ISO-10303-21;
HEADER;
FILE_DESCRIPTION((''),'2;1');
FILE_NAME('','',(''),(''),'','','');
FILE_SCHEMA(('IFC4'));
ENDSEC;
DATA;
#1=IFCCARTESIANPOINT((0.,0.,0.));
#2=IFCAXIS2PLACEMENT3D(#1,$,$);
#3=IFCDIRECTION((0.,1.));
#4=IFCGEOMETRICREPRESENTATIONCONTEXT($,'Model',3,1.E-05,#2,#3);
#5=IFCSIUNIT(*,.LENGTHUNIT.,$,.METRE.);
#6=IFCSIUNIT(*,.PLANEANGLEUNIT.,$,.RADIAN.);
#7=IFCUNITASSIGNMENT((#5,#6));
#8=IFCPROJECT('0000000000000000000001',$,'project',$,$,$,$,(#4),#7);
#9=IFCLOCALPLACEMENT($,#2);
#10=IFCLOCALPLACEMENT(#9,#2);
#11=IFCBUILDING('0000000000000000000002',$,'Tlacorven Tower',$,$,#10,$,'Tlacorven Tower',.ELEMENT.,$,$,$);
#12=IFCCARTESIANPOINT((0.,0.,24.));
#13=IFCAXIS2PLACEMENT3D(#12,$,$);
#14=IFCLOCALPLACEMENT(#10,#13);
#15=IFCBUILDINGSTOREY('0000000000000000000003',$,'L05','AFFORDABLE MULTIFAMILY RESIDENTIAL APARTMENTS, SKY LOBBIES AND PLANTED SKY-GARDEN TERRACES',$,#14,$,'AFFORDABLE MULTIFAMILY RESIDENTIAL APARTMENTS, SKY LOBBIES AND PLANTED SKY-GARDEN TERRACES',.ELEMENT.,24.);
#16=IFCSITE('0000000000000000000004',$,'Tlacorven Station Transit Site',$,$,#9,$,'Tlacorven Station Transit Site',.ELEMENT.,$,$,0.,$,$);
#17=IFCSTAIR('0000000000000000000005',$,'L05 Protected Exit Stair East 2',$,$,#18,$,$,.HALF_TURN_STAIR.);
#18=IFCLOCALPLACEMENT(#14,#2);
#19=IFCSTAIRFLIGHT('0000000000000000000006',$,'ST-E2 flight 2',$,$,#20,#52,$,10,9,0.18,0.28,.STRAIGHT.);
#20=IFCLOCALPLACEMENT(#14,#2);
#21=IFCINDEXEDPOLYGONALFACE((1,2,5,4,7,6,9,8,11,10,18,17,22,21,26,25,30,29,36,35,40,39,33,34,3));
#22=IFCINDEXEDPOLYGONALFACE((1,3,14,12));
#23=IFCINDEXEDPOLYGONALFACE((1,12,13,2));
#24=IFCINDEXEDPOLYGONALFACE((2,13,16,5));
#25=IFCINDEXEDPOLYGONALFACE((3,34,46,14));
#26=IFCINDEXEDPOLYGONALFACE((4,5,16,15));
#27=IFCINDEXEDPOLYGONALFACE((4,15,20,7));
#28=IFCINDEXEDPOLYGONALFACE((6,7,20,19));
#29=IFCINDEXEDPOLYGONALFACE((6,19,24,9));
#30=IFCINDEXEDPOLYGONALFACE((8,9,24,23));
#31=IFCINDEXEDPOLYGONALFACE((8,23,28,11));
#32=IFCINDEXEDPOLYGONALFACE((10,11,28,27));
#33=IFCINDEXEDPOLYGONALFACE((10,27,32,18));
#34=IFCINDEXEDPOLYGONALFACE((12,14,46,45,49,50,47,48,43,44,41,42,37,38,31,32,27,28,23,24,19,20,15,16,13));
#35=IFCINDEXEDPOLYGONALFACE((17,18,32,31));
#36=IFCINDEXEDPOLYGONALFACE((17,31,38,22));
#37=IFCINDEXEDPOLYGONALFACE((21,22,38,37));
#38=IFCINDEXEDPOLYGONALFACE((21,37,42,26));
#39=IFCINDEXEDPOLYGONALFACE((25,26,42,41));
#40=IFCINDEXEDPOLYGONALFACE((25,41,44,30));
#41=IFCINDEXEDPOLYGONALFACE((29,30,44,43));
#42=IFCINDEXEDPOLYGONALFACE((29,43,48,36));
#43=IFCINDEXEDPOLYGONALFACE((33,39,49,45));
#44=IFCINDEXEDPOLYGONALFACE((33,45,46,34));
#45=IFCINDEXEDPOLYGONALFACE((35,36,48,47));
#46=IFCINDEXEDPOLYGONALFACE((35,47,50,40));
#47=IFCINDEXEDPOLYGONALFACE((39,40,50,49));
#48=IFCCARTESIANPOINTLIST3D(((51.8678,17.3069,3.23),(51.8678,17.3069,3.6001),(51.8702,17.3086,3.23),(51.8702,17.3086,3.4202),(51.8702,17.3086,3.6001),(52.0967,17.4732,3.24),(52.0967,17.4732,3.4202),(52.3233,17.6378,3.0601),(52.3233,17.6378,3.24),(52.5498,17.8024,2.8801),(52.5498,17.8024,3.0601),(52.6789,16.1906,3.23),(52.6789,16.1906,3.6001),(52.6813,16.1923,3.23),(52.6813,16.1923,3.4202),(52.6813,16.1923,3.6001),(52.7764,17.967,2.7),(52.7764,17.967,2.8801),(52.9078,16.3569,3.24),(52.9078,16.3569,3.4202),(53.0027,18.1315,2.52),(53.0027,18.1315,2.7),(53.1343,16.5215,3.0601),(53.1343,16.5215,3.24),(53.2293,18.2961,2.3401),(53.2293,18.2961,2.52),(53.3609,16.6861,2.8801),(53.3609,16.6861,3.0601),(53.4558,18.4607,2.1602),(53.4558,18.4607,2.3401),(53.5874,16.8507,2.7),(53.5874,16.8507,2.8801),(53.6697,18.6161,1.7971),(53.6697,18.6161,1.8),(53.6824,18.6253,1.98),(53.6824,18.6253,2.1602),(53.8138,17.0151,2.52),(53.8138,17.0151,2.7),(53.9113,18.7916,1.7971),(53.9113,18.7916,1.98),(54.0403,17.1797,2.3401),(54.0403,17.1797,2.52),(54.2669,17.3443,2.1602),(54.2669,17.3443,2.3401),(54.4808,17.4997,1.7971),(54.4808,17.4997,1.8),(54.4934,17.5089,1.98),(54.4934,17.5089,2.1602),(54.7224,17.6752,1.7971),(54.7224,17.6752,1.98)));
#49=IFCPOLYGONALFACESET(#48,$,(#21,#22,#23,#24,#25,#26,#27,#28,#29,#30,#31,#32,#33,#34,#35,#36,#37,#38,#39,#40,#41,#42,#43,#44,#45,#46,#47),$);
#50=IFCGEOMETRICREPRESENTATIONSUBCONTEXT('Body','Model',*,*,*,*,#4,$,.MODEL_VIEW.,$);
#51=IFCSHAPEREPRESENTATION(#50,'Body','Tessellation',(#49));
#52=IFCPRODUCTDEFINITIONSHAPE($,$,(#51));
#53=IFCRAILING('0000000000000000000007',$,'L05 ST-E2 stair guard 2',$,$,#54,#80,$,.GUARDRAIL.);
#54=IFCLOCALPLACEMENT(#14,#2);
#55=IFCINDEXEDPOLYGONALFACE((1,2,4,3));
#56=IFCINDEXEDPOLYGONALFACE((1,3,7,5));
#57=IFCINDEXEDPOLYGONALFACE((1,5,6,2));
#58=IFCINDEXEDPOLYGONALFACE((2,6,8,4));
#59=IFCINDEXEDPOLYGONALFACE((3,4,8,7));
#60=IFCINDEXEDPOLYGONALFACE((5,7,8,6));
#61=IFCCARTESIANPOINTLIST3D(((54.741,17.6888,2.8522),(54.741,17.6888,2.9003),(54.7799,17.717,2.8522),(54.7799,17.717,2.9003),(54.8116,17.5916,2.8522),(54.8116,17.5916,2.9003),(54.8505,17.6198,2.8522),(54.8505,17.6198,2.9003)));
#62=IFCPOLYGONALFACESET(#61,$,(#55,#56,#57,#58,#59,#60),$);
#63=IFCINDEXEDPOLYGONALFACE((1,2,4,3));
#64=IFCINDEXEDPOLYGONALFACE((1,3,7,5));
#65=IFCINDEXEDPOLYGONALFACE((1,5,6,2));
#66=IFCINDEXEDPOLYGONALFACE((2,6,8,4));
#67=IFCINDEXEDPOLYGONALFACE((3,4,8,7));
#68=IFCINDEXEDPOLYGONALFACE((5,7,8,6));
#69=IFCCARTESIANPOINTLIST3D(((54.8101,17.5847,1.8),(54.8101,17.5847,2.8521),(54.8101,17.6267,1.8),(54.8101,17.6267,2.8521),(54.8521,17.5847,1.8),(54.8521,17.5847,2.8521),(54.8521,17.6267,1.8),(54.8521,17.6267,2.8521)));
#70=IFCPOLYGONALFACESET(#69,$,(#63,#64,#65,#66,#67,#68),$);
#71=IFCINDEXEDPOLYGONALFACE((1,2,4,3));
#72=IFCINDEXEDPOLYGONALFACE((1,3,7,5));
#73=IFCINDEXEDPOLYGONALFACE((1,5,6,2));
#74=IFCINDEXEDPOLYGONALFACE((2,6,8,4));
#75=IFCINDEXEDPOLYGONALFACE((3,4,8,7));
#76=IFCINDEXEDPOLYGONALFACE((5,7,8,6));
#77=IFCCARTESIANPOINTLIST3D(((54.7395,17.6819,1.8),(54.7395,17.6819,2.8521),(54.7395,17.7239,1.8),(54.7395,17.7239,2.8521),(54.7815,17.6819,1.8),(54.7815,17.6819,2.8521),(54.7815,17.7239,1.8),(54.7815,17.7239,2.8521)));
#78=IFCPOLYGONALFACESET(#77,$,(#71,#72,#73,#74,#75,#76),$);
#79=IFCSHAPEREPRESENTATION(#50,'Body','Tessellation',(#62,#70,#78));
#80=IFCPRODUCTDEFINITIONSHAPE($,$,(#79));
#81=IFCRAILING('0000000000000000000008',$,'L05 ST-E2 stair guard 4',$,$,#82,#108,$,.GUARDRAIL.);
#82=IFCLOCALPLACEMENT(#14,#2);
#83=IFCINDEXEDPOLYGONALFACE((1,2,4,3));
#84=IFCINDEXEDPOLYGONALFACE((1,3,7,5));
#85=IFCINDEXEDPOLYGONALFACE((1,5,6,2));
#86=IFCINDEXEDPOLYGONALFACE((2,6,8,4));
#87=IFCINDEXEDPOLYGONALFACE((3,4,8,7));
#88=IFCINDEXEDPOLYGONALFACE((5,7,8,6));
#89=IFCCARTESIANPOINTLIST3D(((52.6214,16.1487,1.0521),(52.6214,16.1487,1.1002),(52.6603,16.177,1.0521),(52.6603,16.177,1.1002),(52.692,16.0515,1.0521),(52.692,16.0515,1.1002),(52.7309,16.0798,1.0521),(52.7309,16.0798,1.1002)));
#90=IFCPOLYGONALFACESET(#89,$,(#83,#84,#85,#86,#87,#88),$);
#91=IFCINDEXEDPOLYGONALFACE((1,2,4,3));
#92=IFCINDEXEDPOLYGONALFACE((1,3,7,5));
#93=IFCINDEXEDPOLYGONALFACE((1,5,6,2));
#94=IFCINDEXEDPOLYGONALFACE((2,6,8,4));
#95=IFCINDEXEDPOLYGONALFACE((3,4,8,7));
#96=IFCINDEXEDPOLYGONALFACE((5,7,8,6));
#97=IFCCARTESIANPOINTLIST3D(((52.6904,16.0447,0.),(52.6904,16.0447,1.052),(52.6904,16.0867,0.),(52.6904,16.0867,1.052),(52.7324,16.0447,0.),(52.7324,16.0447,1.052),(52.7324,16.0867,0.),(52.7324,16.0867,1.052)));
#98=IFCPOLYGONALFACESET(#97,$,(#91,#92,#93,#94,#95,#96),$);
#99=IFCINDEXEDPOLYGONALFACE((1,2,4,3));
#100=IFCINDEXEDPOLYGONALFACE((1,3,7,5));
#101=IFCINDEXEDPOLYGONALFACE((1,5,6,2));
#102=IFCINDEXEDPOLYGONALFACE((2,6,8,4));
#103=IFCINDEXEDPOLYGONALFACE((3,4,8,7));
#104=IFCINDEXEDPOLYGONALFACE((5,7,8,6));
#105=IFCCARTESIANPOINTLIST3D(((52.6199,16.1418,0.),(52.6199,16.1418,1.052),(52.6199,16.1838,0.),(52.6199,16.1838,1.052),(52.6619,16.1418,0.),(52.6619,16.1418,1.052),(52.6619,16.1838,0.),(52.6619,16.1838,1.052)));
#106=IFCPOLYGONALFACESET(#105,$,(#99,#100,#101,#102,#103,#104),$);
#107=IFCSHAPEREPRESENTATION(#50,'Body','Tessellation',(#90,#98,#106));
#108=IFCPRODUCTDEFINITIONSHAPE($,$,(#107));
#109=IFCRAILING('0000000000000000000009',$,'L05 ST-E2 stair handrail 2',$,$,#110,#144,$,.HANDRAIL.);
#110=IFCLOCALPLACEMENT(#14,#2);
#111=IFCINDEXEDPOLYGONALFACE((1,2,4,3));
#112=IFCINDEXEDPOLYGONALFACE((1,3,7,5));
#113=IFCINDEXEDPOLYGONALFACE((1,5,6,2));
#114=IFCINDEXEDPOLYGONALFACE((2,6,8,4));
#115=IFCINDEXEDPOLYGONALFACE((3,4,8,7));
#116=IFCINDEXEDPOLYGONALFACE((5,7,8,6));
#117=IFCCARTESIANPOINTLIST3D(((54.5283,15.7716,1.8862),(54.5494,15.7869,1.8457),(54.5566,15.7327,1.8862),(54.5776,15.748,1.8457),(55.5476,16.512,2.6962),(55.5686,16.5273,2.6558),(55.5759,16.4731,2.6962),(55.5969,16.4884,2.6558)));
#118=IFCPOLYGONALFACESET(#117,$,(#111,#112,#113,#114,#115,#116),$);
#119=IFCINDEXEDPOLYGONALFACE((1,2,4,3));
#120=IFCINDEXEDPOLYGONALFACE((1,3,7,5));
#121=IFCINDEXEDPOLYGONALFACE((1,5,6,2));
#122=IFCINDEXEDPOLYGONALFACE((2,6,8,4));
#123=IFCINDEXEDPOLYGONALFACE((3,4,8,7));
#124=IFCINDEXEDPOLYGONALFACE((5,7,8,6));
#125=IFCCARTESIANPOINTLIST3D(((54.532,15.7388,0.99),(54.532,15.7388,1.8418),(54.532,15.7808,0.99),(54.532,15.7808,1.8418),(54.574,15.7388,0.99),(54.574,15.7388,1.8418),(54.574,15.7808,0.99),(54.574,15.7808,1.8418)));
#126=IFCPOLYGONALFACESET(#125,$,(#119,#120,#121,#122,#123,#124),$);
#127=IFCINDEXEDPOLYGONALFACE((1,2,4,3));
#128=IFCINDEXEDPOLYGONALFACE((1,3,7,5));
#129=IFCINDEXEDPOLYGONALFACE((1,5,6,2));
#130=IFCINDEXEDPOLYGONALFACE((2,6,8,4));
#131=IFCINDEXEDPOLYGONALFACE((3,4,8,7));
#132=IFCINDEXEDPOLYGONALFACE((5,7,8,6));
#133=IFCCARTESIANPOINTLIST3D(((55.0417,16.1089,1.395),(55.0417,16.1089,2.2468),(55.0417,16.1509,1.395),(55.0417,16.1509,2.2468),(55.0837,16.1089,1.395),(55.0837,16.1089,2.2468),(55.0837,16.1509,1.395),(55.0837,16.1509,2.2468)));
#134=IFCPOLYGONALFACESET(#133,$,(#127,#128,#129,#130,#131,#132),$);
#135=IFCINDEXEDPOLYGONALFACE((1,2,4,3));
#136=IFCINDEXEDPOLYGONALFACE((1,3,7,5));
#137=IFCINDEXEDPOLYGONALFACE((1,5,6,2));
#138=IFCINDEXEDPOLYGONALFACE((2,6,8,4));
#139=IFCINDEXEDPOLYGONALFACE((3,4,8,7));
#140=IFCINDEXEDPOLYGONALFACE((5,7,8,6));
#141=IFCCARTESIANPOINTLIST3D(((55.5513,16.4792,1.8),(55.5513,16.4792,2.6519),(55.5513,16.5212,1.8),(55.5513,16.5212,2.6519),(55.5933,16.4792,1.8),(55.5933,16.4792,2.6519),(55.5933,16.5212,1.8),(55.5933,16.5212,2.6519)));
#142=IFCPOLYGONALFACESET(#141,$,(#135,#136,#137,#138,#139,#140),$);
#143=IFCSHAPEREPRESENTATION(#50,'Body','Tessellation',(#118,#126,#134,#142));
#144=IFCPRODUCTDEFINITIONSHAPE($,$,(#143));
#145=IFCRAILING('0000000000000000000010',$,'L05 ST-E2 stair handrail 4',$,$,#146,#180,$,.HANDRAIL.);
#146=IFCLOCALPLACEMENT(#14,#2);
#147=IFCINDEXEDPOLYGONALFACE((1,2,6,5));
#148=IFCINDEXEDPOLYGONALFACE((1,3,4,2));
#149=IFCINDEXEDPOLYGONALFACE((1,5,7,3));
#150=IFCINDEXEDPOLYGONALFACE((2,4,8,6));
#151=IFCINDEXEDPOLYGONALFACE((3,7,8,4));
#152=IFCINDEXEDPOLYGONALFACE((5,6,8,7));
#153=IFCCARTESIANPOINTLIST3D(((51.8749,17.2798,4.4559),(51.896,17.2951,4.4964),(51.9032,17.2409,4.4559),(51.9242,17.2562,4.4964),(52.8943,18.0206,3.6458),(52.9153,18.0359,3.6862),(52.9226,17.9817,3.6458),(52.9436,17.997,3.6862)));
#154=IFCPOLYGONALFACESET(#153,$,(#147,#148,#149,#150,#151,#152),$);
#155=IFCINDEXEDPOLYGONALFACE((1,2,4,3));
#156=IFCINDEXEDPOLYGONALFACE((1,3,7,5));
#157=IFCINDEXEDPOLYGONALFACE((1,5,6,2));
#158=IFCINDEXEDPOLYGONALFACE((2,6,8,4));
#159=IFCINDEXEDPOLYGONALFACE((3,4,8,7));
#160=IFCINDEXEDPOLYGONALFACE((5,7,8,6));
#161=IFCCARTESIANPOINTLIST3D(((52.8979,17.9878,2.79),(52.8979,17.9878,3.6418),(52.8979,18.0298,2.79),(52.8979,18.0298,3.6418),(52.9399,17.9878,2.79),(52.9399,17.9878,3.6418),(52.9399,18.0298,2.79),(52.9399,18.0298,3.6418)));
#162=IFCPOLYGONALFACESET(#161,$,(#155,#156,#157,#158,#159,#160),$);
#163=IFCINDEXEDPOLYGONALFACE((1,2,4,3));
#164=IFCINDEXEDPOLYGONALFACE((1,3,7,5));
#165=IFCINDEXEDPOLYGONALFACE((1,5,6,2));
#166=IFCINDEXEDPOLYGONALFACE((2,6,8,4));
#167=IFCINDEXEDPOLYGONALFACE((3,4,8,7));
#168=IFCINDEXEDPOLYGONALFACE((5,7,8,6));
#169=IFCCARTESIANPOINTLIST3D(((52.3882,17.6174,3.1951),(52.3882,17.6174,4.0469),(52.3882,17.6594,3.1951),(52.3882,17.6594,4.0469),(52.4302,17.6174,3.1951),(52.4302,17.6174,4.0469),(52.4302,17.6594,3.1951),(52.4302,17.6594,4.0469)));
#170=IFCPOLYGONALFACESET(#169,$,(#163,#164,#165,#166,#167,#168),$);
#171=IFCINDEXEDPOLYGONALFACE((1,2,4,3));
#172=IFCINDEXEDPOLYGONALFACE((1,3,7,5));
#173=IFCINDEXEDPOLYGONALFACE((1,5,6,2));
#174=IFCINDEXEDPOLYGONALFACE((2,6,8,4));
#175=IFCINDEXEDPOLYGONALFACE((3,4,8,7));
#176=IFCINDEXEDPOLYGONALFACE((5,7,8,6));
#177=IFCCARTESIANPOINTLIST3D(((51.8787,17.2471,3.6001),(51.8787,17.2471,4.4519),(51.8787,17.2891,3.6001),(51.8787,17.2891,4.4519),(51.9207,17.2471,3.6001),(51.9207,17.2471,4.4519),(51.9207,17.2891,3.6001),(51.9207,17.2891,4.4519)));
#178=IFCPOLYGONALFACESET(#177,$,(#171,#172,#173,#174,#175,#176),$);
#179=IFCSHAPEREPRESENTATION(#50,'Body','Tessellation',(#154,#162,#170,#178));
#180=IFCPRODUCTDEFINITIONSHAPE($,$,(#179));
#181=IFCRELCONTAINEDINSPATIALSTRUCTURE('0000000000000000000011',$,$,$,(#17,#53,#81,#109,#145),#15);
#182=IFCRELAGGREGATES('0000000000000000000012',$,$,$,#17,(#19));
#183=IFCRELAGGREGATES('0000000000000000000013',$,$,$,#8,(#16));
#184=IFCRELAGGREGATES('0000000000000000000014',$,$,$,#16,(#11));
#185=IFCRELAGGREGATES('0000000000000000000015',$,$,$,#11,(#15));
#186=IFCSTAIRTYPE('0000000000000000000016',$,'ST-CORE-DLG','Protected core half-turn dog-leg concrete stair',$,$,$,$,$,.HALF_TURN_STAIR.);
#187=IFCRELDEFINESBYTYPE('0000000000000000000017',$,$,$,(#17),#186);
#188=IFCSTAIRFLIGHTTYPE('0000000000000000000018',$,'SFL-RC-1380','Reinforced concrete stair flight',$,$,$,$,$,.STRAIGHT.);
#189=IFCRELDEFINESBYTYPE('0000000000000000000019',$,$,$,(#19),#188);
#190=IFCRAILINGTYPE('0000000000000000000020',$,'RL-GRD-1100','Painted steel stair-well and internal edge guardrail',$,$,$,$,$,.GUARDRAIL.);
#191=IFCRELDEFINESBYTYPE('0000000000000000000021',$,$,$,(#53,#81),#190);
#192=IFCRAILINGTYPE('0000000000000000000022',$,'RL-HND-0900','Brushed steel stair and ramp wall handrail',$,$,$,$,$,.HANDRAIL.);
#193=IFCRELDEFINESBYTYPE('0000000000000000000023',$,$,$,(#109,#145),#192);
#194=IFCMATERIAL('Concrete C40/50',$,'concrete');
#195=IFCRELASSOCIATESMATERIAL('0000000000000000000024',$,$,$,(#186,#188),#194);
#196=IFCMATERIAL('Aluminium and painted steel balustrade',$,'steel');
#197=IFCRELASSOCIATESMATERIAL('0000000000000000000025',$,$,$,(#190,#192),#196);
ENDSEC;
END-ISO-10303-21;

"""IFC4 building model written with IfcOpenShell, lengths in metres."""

from ifc_helpers import new_model, si_unit, direction, frame, origin, origin_2d, place, context, subcontext, project, spatial, polyline, rectangle, outline, extrude, source, transform, mapped, material, type_object, element, aggregate, save


model = new_model("IFC4")

# Units and contexts
model_context = context("Model", 3, precision=1e-05, world=origin(), true_north=direction((0.0, 1.0)))
body_context = subcontext(model_context, "Body", "Model", "MODEL_VIEW")
ifc_project = project(units=[si_unit("LENGTHUNIT", "METRE"), si_unit("PLANEANGLEUNIT", "RADIAN")], contexts=[model_context])

# Site, building, storey
site_placement = place(None, origin())
site = spatial("IfcSite", under=ifc_project, at=site_placement, Name="Tlacorven Station Transit Site", LongName="Tlacorven Station Transit Site", CompositionType="ELEMENT", RefElevation=0.0)
building_placement = place(site_placement, origin())
building = spatial("IfcBuilding", under=site, at=building_placement, Name="Tlacorven Tower", LongName="Tlacorven Tower", CompositionType="ELEMENT")
storey_placement = place(building_placement, frame((0.0, 0.0, 24.0)))
storey = spatial("IfcBuildingStorey", under=building, at=storey_placement, Name="L05", Description="AFFORDABLE MULTIFAMILY RESIDENTIAL APARTMENTS, SKY LOBBIES AND PLANTED SKY-GARDEN TERRACES", LongName="AFFORDABLE MULTIFAMILY RESIDENTIAL APARTMENTS, SKY LOBBIES AND PLANTED SKY-GARDEN TERRACES", CompositionType="ELEMENT", Elevation=24.0)

# Stair, stair flight
ifc_material_1 = material(Name="Concrete C40/50", Category="concrete")
stair_type = type_object("IfcStairType", Name="ST-CORE-DLG", Description="Protected core half-turn dog-leg concrete stair", PredefinedType="HALF_TURN_STAIR", material=ifc_material_1)
stair_placement = place(storey_placement, origin())
stair = element("IfcStair", 1, at=stair_placement, inside=storey, type_object=stair_type, Name="L05 Protected Exit Stair East 2", PredefinedType="HALF_TURN_STAIR")
stair_flight_type = type_object("IfcStairFlightType", Name="SFL-RC-1380", Description="Reinforced concrete stair flight", PredefinedType="STRAIGHT", material=ifc_material_1)
shared_shape_1 = source(origin(), body_context, "Body", "SweptSolid", [
    extrude(outline(polyline([(-0.0029, -0.0029), (-0.0029, 0.1799), (0.28, 0.1799), (0.28, 0.3601), (0.5601, 0.3601), (0.5601, 0.54), (0.8401, 0.54), (0.8401, 0.72), (1.1201, 0.72), (1.1201, 0.8999), (1.3999, 0.8999), (1.3999, 1.0801), (1.6799, 1.0801), (1.6799, 1.26), (1.96, 1.26), (1.96, 1.4399), (2.24, 1.4399), (2.24, 1.6201), (2.52, 1.6201), (2.52, 1.8), (2.5229, 1.8), (2.5229, 1.4299), (2.52, 1.4299), (0.2957, 0.0), (0.2957, -0.0029), (-0.0029, -0.0029)])), frame((0.0, 0.6899, 0.0), z_axis=(0.0, -1.0, 0.0), x_axis=(1.0, 0.0, 0.0)), (0.0, 0.0, 1.0), 1.3799),
])
stair_flight_1_placement = place(storey_placement, frame((54.3145, 18.2317, 1.8), z_axis=(0.0, 0.0, 1.0), x_axis=(-0.809017, -0.587785, 0.0)))
stair_flight_1 = element("IfcStairFlight", 2, at=stair_flight_1_placement, type_object=stair_flight_type, Name="ST-E2 flight 2", NumberOfRisers=10, NumberOfTreads=9, PredefinedType="STRAIGHT", RiserHeight=0.18, TreadLength=0.28, context=body_context, shape_type="MappedRepresentation", body=[
    mapped(shared_shape_1, transform((0.0, 0.0, 0.0), scale=1.0)),
])
aggregate(stair, [stair_flight_1])

# Railings
ifc_material_2 = material(Name="Aluminium and painted steel balustrade", Category="steel")
railing_type_1 = type_object("IfcRailingType", Name="RL-GRD-1100", Description="Painted steel stair-well and internal edge guardrail", PredefinedType="GUARDRAIL", material=ifc_material_2)
shared_shape_2 = source(origin(), body_context, "Body", "SweptSolid", [
    extrude(rectangle(XDim=0.0481, YDim=0.0481, at=origin_2d()), frame((0.0, 0.0, 1.0762), z_axis=(-0.587567, 0.809175, 0.0), x_axis=(-0.809175, -0.587567, 0.0)), (0.0, 0.0, 1.0), 0.1201),
    extrude(rectangle(XDim=0.042, YDim=0.042, at=origin_2d()), origin(), (0.0, 0.0, 1.0), 1.052),
    extrude(rectangle(XDim=0.042, YDim=0.042, at=origin_2d()), frame((-0.0706, 0.0972, 0.0)), (0.0, 0.0, 1.0), 1.052),
])
for number, where, name in (
    (3, (54.8311, 17.6057, 1.8), "L05 ST-E2 stair guard 2"),
    (4, (52.7114, 16.0657, 0.0), "L05 ST-E2 stair guard 4"),
):
    element("IfcRailing", number, at=place(storey_placement, frame(where)), inside=storey, type_object=railing_type_1, Name=name, PredefinedType="GUARDRAIL", context=body_context, shape_type="MappedRepresentation", body=[
        mapped(shared_shape_2, transform((0.0, 0.0, 0.0), scale=1.0)),
    ])
railing_type_2 = type_object("IfcRailingType", Name="RL-HND-0900", Description="Brushed steel stair and ramp wall handrail", PredefinedType="HANDRAIL", material=ifc_material_2)
shared_shape_3 = source(origin(), body_context, "Body", "SweptSolid", [
    extrude(rectangle(XDim=0.0481, YDim=0.0481, at=origin_2d()), frame((0.0, 0.0, 0.876), z_axis=(0.680516, 0.494373, 0.540827), x_axis=(-0.587745, 0.809046, 0.0)), (0.0, 0.0, 1.0), 1.4978),
    extrude(rectangle(XDim=0.042, YDim=0.042, at=origin_2d()), origin(), (0.0, 0.0, 1.0), 0.8518),
    extrude(rectangle(XDim=0.042, YDim=0.042, at=origin_2d()), frame((0.5098, 0.3701, 0.405)), (0.0, 0.0, 1.0), 0.8518),
    extrude(rectangle(XDim=0.042, YDim=0.042, at=origin_2d()), frame((1.0193, 0.7405, 0.8101)), (0.0, 0.0, 1.0), 0.8518),
])
railing_1_placement = place(storey_placement, frame((54.553, 15.7598, 0.99)))
element("IfcRailing", 5, at=railing_1_placement, inside=storey, type_object=railing_type_2, Name="L05 ST-E2 stair handrail 2", PredefinedType="HANDRAIL", context=body_context, shape_type="MappedRepresentation", body=[
    mapped(shared_shape_3, transform((0.0, 0.0, 0.0), scale=1.0)),
])
shared_shape_4 = source(origin(), body_context, "Body", "SweptSolid", [
    extrude(rectangle(XDim=0.0481, YDim=0.0481, at=origin_2d()), frame((0.0, 0.0, 0.876), z_axis=(-0.680461, -0.494496, 0.540783), x_axis=(0.587872, -0.808954, 0.0)), (0.0, 0.0, 1.0), 1.498),
    extrude(rectangle(XDim=0.042, YDim=0.042, at=origin_2d()), origin(), (0.0, 0.0, 1.0), 0.8518),
    extrude(rectangle(XDim=0.042, YDim=0.042, at=origin_2d()), frame((-0.5098, -0.3704, 0.405)), (0.0, 0.0, 1.0), 0.8518),
    extrude(rectangle(XDim=0.042, YDim=0.042, at=origin_2d()), frame((-1.0193, -0.7407, 0.8101)), (0.0, 0.0, 1.0), 0.8518),
])
railing_2_placement = place(storey_placement, frame((52.9189, 18.0088, 2.79)))
element("IfcRailing", 6, at=railing_2_placement, inside=storey, type_object=railing_type_2, Name="L05 ST-E2 stair handrail 4", PredefinedType="HANDRAIL", context=body_context, shape_type="MappedRepresentation", body=[
    mapped(shared_shape_4, transform((0.0, 0.0, 0.0), scale=1.0)),
])

save(model, "model.ifc")
